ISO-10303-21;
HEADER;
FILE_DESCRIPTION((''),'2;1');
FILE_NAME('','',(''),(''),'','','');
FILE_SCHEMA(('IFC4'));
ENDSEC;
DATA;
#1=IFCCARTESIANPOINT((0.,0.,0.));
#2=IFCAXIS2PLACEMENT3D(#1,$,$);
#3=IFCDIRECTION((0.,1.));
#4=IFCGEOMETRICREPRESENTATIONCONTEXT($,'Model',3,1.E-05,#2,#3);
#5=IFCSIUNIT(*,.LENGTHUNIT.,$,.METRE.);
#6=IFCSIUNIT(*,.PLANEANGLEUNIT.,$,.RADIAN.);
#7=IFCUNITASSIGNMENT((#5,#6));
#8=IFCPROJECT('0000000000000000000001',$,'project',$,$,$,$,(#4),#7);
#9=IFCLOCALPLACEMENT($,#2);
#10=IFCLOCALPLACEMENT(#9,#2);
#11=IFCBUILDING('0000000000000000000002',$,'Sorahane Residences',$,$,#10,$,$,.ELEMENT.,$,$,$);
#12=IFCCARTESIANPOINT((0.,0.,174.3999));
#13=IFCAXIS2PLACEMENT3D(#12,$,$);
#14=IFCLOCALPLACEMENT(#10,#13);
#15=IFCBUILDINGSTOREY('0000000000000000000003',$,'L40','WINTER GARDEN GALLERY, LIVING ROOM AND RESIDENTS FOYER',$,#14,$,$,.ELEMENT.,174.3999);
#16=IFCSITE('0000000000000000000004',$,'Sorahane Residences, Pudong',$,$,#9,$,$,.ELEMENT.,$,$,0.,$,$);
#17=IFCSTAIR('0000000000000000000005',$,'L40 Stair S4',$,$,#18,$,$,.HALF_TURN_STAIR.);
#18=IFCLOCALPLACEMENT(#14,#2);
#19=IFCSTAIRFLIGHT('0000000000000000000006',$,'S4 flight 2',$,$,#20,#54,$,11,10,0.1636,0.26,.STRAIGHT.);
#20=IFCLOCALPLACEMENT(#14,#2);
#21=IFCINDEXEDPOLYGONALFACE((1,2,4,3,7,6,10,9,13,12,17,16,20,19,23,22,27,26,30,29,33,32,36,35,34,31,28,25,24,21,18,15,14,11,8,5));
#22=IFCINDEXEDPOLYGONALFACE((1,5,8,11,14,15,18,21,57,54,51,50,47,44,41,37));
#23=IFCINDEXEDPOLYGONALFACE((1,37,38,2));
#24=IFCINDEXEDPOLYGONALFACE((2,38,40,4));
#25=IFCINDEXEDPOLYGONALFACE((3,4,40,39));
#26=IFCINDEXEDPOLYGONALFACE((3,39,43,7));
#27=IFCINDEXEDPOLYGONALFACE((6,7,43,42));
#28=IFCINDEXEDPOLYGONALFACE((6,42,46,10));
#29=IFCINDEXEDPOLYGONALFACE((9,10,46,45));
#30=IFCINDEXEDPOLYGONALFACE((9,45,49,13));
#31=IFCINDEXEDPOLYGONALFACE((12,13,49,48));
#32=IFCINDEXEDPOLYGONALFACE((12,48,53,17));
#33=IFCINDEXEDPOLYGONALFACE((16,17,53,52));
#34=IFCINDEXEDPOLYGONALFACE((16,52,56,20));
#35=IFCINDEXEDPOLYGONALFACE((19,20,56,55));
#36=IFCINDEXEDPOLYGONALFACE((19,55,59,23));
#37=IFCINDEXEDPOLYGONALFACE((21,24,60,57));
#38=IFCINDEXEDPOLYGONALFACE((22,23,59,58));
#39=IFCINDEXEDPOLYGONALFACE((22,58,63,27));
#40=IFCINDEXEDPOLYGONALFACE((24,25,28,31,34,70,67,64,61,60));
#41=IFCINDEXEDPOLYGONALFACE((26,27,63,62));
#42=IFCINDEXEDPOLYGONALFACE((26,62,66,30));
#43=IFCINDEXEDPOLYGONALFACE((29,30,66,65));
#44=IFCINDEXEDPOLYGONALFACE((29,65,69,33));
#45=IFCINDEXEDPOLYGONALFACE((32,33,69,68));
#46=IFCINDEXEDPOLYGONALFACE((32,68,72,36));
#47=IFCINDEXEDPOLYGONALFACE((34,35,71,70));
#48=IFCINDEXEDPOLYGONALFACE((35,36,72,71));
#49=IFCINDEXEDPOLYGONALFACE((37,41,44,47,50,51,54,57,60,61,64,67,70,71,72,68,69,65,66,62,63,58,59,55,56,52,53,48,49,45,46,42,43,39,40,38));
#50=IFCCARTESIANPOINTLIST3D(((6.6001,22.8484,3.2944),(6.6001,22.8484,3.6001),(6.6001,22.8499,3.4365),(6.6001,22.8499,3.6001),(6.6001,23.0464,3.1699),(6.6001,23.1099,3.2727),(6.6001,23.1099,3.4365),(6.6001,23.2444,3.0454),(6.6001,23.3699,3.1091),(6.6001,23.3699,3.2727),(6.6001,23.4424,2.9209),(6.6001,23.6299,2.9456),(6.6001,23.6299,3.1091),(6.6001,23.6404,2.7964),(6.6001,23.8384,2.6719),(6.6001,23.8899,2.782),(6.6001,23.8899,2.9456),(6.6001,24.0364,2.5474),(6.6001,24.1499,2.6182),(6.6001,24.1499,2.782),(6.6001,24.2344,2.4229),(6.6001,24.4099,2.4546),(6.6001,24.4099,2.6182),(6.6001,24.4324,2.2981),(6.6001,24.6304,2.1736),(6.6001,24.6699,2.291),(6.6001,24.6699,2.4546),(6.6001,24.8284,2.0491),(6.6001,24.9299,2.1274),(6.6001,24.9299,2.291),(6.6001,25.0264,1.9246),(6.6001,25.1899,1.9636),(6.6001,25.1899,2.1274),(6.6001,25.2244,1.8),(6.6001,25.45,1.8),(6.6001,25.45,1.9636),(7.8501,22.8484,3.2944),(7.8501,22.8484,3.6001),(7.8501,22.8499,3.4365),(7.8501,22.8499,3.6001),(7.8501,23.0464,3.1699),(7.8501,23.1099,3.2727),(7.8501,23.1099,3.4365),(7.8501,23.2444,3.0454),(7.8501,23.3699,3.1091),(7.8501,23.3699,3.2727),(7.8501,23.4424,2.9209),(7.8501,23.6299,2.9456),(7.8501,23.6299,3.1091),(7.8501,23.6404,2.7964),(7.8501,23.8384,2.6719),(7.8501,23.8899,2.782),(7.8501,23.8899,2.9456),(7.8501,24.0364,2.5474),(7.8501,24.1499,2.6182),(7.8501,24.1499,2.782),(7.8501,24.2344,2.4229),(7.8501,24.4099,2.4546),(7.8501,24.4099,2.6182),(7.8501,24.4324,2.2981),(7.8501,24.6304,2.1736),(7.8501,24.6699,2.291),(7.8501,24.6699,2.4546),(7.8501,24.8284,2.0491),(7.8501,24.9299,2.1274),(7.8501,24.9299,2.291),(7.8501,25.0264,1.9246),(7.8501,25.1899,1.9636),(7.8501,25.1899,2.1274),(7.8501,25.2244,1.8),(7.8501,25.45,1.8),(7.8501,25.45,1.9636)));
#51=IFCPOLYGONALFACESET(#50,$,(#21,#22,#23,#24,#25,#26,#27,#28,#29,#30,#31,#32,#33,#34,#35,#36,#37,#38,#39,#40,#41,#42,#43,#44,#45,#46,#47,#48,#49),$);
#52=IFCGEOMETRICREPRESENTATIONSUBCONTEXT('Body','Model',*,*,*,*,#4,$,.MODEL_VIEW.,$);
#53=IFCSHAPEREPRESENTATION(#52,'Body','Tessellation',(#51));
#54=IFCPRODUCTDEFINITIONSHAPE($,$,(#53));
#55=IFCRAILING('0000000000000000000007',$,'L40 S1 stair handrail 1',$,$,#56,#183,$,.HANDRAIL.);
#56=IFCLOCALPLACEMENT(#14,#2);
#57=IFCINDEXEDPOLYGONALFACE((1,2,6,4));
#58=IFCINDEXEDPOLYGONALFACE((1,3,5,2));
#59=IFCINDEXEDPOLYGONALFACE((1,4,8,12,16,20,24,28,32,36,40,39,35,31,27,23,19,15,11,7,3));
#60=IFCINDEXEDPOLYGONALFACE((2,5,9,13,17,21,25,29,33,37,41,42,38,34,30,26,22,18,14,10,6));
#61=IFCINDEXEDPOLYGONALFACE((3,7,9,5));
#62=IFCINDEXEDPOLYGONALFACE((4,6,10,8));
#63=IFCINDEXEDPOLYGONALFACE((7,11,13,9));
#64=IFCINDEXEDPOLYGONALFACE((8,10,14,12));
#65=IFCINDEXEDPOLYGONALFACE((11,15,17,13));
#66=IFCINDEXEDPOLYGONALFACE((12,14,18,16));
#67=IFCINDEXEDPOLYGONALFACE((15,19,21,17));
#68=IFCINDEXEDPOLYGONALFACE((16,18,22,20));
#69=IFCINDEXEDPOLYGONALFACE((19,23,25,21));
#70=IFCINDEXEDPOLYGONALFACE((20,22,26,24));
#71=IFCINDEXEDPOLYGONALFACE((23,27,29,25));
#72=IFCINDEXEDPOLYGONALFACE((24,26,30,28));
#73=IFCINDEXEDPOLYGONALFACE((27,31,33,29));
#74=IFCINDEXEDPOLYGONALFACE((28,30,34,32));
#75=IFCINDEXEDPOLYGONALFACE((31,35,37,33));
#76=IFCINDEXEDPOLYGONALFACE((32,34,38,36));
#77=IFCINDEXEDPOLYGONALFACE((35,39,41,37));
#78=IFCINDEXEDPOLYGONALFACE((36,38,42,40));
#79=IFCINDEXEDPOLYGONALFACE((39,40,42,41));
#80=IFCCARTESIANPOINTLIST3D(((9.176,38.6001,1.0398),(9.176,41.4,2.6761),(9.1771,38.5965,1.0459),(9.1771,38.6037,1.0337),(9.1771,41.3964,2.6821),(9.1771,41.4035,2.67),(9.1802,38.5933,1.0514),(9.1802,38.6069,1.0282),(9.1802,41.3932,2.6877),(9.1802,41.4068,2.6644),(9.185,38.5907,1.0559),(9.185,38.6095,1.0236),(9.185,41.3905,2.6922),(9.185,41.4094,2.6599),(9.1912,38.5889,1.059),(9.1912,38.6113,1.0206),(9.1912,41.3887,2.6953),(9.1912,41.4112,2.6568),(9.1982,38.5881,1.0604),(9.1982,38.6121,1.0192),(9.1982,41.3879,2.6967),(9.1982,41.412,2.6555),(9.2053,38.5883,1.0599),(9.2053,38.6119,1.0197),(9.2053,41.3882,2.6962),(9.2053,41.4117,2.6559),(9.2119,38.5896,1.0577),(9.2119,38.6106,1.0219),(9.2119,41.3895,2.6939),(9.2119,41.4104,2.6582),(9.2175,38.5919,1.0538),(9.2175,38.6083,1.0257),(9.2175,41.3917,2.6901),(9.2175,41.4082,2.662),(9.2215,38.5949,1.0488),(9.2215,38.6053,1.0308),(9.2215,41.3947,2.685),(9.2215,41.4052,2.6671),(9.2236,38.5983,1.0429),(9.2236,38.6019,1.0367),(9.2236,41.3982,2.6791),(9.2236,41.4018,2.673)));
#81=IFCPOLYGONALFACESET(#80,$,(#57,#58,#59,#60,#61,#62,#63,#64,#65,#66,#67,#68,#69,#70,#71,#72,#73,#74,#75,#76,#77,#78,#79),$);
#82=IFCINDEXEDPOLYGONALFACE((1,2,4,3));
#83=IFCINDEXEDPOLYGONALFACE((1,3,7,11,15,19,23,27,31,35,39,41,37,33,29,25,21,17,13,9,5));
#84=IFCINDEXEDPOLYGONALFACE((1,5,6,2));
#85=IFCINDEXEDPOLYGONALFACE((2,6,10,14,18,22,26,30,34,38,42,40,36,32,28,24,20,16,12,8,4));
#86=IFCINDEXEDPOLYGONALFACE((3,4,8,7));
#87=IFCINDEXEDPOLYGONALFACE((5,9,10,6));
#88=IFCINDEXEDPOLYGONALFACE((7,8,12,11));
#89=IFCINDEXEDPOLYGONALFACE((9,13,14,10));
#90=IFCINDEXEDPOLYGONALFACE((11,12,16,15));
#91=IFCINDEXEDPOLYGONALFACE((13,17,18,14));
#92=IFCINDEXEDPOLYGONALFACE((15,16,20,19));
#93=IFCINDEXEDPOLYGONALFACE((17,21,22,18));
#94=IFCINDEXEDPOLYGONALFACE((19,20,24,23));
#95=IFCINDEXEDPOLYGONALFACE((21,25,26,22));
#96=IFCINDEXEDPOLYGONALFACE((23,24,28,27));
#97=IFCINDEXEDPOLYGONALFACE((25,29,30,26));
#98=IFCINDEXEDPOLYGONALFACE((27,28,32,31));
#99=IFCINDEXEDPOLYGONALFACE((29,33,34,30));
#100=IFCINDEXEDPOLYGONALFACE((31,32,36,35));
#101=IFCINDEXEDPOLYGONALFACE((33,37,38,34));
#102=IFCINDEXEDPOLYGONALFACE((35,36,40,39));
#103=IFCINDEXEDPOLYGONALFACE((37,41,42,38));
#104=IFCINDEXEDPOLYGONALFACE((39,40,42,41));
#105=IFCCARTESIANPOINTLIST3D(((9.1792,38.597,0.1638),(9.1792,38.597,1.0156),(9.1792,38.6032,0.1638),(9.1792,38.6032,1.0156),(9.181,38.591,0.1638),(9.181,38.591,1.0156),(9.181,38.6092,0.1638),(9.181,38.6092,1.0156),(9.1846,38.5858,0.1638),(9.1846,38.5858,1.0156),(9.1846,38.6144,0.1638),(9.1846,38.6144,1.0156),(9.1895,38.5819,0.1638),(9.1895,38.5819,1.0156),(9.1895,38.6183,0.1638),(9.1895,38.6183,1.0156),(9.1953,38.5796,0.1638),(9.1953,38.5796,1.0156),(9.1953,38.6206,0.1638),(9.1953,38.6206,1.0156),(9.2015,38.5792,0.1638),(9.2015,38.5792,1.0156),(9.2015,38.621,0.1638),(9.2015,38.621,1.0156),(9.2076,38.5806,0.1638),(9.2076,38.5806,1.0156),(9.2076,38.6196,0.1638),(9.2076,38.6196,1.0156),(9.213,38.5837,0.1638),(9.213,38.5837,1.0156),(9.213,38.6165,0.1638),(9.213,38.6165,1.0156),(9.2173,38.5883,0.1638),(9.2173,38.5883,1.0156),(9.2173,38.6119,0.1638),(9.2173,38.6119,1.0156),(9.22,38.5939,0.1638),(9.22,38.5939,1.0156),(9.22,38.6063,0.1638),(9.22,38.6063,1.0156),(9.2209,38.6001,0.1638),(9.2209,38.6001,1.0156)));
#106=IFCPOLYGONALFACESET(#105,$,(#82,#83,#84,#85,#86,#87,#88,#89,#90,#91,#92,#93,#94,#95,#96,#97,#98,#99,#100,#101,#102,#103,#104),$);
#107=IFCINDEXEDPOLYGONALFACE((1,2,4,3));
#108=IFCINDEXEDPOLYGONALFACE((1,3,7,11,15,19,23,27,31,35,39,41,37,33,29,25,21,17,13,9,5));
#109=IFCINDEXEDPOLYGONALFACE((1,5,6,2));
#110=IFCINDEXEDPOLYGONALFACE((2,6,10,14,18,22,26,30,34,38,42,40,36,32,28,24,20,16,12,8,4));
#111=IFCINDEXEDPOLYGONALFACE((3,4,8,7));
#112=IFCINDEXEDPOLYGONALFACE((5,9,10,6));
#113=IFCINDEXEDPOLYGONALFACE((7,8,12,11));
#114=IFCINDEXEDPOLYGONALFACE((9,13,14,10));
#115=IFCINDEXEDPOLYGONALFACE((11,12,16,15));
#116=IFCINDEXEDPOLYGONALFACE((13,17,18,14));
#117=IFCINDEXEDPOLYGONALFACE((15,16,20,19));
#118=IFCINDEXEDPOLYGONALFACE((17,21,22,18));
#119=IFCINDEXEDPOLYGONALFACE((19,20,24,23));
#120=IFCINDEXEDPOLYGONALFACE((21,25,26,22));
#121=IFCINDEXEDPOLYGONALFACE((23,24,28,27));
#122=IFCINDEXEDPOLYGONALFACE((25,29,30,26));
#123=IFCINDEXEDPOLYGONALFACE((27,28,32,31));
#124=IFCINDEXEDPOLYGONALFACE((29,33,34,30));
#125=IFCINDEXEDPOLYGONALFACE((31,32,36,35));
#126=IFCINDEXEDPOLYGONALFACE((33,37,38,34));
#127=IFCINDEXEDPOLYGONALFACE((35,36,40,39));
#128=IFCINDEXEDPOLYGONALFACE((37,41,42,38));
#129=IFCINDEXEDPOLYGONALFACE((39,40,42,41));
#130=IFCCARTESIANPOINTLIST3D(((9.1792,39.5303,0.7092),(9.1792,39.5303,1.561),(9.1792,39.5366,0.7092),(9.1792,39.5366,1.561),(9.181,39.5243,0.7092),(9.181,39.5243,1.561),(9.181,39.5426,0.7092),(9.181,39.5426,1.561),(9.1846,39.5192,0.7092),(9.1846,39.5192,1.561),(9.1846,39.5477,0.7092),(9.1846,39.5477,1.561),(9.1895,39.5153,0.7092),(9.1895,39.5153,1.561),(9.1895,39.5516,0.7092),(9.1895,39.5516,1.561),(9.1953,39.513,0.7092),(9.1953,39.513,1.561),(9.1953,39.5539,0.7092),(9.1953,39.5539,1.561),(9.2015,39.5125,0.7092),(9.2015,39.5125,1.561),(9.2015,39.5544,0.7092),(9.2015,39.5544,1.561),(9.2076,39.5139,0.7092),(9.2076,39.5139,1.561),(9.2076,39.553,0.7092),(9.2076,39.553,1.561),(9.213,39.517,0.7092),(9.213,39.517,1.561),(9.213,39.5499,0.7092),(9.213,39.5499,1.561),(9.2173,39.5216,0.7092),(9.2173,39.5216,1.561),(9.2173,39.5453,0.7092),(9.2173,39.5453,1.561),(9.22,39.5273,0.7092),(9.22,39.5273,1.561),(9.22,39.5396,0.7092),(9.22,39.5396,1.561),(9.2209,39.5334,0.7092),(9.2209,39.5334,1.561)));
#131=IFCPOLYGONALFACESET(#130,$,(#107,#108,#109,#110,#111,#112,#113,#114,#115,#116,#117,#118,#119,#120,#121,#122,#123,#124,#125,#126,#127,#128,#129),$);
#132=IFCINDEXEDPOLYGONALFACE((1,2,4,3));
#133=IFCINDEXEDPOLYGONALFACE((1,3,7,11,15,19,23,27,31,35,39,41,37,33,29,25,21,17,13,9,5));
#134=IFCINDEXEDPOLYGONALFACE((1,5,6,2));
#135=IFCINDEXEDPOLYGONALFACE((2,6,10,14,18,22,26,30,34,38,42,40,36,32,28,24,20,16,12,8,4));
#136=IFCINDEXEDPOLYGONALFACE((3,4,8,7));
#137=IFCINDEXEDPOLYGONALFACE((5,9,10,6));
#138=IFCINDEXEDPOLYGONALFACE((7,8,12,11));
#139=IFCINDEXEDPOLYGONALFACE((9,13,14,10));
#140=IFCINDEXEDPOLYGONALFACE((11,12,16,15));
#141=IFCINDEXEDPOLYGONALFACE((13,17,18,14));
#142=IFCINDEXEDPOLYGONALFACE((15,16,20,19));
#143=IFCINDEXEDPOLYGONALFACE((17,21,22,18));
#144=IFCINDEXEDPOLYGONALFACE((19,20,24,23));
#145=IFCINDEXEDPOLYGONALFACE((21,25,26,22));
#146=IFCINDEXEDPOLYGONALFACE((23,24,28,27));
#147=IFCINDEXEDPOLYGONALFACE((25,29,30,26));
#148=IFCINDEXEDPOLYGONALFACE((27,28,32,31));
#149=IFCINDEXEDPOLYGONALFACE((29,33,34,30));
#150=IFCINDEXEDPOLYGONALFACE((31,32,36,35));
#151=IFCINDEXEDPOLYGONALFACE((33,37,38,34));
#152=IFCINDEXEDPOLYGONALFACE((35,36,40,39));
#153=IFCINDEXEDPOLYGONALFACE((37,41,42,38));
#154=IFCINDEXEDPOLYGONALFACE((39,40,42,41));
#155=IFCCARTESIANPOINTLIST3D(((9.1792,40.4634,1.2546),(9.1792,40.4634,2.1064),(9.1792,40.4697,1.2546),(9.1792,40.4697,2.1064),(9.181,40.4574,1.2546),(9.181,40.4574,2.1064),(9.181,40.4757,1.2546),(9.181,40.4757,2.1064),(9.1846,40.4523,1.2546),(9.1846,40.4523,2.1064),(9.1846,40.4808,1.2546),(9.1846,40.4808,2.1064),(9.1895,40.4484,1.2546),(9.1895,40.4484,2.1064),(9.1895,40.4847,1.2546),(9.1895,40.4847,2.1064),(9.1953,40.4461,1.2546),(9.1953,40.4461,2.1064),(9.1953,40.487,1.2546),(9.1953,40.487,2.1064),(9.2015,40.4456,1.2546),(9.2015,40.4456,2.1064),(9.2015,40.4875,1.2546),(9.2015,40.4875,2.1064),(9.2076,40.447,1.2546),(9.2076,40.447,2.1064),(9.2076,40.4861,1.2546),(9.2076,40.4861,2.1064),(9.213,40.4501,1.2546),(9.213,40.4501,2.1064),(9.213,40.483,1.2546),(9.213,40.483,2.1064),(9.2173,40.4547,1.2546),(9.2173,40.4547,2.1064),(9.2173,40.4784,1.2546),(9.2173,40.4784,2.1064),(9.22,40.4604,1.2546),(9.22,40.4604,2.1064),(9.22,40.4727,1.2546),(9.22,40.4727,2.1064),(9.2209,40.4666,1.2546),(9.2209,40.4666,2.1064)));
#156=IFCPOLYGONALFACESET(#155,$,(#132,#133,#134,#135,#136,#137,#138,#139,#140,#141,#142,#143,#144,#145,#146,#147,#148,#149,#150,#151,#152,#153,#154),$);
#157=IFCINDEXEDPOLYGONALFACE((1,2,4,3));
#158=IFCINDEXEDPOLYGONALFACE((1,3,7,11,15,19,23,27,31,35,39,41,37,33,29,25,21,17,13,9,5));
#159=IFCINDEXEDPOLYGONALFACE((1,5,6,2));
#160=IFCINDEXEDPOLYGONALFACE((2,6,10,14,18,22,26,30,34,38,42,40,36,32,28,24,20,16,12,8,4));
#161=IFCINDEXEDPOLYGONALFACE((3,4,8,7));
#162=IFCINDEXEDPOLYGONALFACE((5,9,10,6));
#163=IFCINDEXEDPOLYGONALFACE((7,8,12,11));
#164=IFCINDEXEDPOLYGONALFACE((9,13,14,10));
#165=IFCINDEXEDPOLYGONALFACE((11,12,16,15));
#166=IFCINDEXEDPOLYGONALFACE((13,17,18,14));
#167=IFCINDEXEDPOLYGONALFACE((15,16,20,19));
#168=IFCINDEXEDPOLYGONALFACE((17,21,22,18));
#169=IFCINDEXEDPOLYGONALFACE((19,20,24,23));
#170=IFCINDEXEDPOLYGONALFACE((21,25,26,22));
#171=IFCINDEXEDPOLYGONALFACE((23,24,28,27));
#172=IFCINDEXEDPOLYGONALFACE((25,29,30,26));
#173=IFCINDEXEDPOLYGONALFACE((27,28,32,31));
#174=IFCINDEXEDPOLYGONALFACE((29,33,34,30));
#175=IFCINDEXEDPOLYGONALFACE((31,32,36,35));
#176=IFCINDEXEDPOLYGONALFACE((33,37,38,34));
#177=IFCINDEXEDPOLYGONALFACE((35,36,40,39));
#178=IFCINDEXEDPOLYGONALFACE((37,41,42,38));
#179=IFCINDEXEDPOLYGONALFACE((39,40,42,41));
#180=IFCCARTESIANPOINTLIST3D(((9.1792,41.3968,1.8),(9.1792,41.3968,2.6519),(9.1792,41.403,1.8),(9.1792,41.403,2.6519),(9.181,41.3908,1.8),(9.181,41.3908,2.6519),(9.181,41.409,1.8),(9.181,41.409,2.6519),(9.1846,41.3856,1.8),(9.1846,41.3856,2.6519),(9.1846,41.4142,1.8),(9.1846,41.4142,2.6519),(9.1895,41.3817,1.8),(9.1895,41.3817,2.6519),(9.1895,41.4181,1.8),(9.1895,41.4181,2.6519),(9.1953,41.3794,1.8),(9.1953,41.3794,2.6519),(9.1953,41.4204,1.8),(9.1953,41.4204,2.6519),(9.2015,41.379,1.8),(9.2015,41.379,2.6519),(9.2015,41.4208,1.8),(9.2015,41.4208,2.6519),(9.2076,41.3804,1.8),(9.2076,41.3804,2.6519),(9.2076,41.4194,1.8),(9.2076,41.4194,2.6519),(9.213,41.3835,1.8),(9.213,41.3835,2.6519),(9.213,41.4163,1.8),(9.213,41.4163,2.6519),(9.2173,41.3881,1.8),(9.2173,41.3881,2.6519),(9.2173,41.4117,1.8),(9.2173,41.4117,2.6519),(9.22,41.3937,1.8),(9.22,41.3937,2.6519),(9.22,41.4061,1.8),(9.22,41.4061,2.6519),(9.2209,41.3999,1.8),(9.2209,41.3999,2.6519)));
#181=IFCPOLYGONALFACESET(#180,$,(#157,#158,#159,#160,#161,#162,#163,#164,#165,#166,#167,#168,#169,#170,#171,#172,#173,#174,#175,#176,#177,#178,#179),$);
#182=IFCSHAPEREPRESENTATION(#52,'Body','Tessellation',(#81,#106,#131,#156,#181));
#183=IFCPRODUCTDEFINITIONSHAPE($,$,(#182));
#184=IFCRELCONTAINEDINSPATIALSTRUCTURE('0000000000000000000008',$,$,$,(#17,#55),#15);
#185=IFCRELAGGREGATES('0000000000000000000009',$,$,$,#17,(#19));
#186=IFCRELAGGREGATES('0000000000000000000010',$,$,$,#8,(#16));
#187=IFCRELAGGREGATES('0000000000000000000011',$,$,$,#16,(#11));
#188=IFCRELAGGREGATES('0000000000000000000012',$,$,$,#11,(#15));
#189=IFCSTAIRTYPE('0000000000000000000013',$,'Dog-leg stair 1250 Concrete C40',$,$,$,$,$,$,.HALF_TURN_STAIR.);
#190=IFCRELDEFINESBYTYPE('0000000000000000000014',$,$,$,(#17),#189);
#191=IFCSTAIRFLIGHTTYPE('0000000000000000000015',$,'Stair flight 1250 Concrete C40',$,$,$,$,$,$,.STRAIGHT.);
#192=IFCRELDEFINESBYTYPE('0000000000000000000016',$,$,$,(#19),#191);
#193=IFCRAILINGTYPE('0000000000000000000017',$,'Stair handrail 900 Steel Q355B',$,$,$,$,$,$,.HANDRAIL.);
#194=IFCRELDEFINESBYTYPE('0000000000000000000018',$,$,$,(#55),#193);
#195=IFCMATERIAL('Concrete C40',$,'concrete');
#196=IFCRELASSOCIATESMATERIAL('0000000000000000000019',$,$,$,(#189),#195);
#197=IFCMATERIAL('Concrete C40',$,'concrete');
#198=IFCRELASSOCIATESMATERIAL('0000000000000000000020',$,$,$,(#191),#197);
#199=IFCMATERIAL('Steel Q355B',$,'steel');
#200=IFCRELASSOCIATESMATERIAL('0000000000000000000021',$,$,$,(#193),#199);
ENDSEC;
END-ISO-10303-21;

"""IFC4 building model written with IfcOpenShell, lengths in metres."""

from ifc_helpers import new_model, si_unit, direction, frame, origin, origin_2d, place, context, subcontext, project, spatial, polyline, circle, outline, extrude, material, type_object, element, aggregate, save


model = new_model("IFC4")

# Units and contexts
model_context = context("Model", 3, precision=1e-05, world=origin(), true_north=direction((0.0, 1.0)))
body_context = subcontext(model_context, "Body", "Model", "MODEL_VIEW")
ifc_project = project(units=[si_unit("LENGTHUNIT", "METRE"), si_unit("PLANEANGLEUNIT", "RADIAN")], contexts=[model_context])

# Site, building, storey
site_placement = place(None, origin())
site = spatial("IfcSite", under=ifc_project, at=site_placement, Name="Sorahane Residences, Pudong", CompositionType="ELEMENT", RefElevation=0.0)
building_placement = place(site_placement, origin())
building = spatial("IfcBuilding", under=site, at=building_placement, Name="Sorahane Residences", CompositionType="ELEMENT")
storey_placement = place(building_placement, frame((0.0, 0.0, 174.3999)))
storey = spatial("IfcBuildingStorey", under=building, at=storey_placement, Name="L40", Description="WINTER GARDEN GALLERY, LIVING ROOM AND RESIDENTS FOYER", CompositionType="ELEMENT", Elevation=174.3999)

# Stair, stair flight
ifc_material_1 = material(Name="Concrete C40", Category="concrete")
stair_type = type_object("IfcStairType", Name="Dog-leg stair 1250 Concrete C40", PredefinedType="HALF_TURN_STAIR", material=ifc_material_1)
ifc_material_2 = material(Name="Concrete C40", Category="concrete")
stair_flight_type = type_object("IfcStairFlightType", Name="Stair flight 1250 Concrete C40", PredefinedType="STRAIGHT", material=ifc_material_2)
stair_1_placement = place(storey_placement, origin())
stair_1 = element("IfcStair", 1, at=stair_1_placement, inside=storey, type_object=stair_type, Name="L40 Stair S4", PredefinedType="HALF_TURN_STAIR")
stair_flight_1_placement = place(storey_placement, frame((7.2251, 25.45, 1.8), z_axis=(0.0, 0.0, 1.0), x_axis=(0.0, -1.0, 0.0)))
stair_flight_1 = element("IfcStairFlight", 2, at=stair_flight_1_placement, type_object=stair_flight_type, Name="S4 flight 2", NumberOfRisers=11, NumberOfTreads=10, PredefinedType="STRAIGHT", RiserHeight=0.1636, TreadLength=0.26, context=body_context, shape_type="SweptSolid", body=[
    extrude(outline(polyline([(0.0, 0.0), (0.0, 0.1636), (0.26, 0.1636), (0.26, 0.3274), (0.52, 0.3274), (0.52, 0.491), (0.78, 0.491), (0.78, 0.6545), (1.04, 0.6545), (1.04, 0.8181), (1.3, 0.8181), (1.3, 0.9819), (1.5601, 0.9819), (1.5601, 1.1455), (1.8201, 1.1455), (1.8201, 1.3091), (2.0801, 1.3091), (2.0801, 1.4727), (2.3401, 1.4727), (2.3401, 1.6365), (2.6001, 1.6365), (2.6001, 1.8), (2.6016, 1.8), (2.6016, 1.4944), (2.4036, 1.3699), (2.2056, 1.2454), (2.0076, 1.1208), (1.8096, 0.9963), (1.6116, 0.8718), (1.4136, 0.7473), (1.2156, 0.6228), (1.0176, 0.498), (0.8196, 0.3735), (0.6216, 0.249), (0.4236, 0.1245), (0.2256, 0.0), (0.0, 0.0)])), frame((0.0, 0.625, 0.0), z_axis=(0.0, -1.0, 0.0), x_axis=(1.0, 0.0, 0.0)), (0.0, 0.0, 1.0), 1.25),
])
aggregate(stair_1, [stair_flight_1])

# Railing
ifc_material_3 = material(Name="Steel Q355B", Category="steel")
railing_type_1 = type_object("IfcRailingType", Name="Stair handrail 900 Steel Q355B", PredefinedType="HANDRAIL", material=ifc_material_3)
for number, where, name in (
    (3, (9.2, 38.6001, 0.1638), "L40 S1 stair handrail 1"),
):
    element("IfcRailing", number, at=place(storey_placement, frame(where)), inside=storey, type_object=railing_type_1, Name=name, PredefinedType="HANDRAIL", context=body_context, shape_type="SweptSolid", body=[
        extrude(circle(Radius=0.0239, at=origin_2d()), frame((0.0, 0.0, 0.876), z_axis=(0.0, 0.863374, 0.504564), x_axis=(-1.0, 0.0, 0.0)), (0.0, 0.0, 1.0), 3.2429),
        extrude(circle(Radius=0.021, at=origin_2d()), origin(), (0.0, 0.0, 1.0), 0.8518),
        extrude(circle(Radius=0.021, at=origin_2d()), frame((0.0, 0.9333, 0.5454)), (0.0, 0.0, 1.0), 0.8518),
        extrude(circle(Radius=0.021, at=origin_2d()), frame((0.0, 1.8665, 1.0908)), (0.0, 0.0, 1.0), 0.8518),
        extrude(circle(Radius=0.021, at=origin_2d()), frame((0.0, 2.7998, 1.6362)), (0.0, 0.0, 1.0), 0.8518),
    ])

save(model, "model.ifc")
